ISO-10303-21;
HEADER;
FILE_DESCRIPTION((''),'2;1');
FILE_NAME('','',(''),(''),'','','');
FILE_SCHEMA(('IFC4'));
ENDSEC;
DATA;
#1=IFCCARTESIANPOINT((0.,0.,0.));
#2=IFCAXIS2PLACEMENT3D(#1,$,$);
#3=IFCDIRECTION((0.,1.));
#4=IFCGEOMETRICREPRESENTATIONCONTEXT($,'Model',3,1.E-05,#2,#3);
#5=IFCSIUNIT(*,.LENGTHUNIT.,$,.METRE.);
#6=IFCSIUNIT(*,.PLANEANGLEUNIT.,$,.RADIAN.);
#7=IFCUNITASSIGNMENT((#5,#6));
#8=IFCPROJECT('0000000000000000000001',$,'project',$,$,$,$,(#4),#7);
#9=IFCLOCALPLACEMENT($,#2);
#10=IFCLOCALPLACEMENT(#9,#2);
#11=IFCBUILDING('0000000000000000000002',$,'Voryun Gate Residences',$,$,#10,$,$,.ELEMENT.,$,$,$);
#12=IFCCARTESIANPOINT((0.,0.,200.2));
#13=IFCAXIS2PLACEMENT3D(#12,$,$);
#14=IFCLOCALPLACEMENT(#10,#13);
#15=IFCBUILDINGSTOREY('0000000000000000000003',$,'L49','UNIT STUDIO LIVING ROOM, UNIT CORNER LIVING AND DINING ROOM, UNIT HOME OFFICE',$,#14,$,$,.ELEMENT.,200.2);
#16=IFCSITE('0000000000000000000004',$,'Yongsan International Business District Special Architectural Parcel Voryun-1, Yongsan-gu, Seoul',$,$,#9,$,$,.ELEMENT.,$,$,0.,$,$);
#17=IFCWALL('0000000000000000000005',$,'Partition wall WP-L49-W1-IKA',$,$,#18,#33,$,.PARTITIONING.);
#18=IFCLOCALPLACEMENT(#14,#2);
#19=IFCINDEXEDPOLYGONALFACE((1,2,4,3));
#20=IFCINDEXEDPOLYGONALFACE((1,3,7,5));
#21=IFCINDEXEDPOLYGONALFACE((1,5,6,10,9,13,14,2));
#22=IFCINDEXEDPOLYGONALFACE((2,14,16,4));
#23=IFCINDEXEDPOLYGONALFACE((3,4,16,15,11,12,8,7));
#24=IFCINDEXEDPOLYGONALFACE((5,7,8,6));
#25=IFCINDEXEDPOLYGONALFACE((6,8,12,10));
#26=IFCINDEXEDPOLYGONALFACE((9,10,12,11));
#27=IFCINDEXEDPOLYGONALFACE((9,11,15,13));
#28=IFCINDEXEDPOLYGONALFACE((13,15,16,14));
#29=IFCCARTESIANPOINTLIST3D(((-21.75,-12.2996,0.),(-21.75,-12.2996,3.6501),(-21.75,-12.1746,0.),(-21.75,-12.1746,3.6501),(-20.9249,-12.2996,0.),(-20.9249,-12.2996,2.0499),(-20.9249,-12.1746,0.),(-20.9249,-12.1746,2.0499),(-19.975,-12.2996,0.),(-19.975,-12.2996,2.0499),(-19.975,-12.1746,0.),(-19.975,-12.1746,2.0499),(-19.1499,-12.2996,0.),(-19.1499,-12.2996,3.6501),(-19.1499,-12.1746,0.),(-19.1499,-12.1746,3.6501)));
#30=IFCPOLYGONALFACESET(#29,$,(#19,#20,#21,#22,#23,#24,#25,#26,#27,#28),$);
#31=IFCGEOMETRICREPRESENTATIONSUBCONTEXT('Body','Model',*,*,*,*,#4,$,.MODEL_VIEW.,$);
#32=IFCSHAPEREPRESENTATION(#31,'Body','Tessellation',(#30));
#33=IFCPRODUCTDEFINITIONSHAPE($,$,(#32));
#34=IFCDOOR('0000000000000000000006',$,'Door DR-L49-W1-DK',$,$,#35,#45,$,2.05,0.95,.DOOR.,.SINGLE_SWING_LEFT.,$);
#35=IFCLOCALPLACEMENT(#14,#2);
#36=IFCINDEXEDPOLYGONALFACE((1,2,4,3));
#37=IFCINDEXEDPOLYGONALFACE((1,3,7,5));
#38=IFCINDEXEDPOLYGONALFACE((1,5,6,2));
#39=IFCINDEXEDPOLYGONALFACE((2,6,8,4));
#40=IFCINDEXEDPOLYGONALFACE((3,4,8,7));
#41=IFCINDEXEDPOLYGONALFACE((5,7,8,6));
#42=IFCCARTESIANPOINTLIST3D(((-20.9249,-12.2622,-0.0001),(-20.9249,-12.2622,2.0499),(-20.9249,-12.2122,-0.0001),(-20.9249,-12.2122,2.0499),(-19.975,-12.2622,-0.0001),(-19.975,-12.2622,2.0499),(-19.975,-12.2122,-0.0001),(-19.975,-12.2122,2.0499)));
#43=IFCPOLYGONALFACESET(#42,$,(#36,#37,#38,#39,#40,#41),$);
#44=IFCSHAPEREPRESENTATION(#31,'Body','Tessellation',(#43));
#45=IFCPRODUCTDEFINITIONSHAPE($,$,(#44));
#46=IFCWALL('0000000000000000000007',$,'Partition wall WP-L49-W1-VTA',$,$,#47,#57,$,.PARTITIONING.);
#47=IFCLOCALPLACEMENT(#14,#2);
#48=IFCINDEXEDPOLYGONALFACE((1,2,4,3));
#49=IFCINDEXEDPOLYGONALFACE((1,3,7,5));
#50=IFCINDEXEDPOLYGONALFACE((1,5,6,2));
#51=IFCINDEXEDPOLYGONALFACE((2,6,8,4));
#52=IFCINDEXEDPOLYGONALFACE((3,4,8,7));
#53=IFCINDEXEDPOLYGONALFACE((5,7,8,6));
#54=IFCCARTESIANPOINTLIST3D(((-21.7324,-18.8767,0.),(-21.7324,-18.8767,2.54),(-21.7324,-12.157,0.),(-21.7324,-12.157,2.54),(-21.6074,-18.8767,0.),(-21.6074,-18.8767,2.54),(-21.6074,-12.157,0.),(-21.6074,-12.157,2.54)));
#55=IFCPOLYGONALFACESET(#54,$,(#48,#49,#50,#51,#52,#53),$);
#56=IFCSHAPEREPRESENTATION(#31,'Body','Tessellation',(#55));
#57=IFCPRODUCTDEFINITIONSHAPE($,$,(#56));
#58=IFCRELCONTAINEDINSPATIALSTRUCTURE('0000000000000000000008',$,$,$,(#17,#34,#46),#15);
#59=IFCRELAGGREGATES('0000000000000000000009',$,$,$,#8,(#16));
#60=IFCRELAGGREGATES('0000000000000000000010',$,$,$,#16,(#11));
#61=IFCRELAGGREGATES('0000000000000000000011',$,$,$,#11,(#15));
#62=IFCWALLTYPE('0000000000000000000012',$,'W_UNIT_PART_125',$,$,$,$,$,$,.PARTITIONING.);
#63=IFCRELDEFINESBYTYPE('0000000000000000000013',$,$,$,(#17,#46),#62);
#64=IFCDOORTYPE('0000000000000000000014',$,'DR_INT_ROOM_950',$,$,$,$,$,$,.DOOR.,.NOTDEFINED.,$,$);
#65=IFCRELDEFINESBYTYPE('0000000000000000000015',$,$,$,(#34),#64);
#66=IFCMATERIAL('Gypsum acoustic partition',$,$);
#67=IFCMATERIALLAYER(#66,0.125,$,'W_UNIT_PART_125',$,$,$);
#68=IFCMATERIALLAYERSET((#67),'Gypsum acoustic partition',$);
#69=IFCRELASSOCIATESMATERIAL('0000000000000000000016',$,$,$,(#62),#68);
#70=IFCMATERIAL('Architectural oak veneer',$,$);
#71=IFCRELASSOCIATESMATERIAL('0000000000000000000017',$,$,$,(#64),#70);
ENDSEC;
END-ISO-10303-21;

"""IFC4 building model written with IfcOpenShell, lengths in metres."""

from ifc_helpers import new_model, si_unit, direction, frame, frame_2d, origin, place, context, subcontext, project, spatial, rectangle, extrude, material, layer, layer_set, type_object, element, fill, save


model = new_model("IFC4")

# Units and contexts
model_context = context("Model", 3, precision=1e-05, world=origin(), true_north=direction((0.0, 1.0)))
body_context = subcontext(model_context, "Body", "Model", "MODEL_VIEW")
ifc_project = project(units=[si_unit("LENGTHUNIT", "METRE"), si_unit("PLANEANGLEUNIT", "RADIAN")], contexts=[model_context])

# Site, building, storey
site_placement = place(None, origin())
site = spatial("IfcSite", under=ifc_project, at=site_placement, Name="Yongsan International Business District Special Architectural Parcel Voryun-1, Yongsan-gu, Seoul", CompositionType="ELEMENT", RefElevation=0.0)
building_placement = place(site_placement, origin())
building = spatial("IfcBuilding", under=site, at=building_placement, Name="Voryun Gate Residences", CompositionType="ELEMENT")
storey_placement = place(building_placement, frame((0.0, 0.0, 200.2)))
storey = spatial("IfcBuildingStorey", under=building, at=storey_placement, Name="L49", Description="UNIT STUDIO LIVING ROOM, UNIT CORNER LIVING AND DINING ROOM, UNIT HOME OFFICE", CompositionType="ELEMENT", Elevation=200.2)

# Shared definitions
ifc_material_1 = material(Name="Gypsum acoustic partition")
ifc_layer_1 = layer(ifc_material_1, 0.125, Name="W_UNIT_PART_125")
ifc_layer_set_1 = layer_set([ifc_layer_1], Name="Gypsum acoustic partition")
wall_type_1 = type_object("IfcWallType", Name="W_UNIT_PART_125", PredefinedType="PARTITIONING", material=ifc_layer_set_1)

# Wall, opening, door
wall_1_placement = place(storey_placement, frame((-21.75, -12.2371, 0.0), z_axis=(0.0, 0.0, 1.0), x_axis=(1.0, 0.0, 0.0)))
wall_1 = element("IfcWall", 1, at=wall_1_placement, inside=storey, type_object=wall_type_1, Name="Partition wall WP-L49-W1-IKA", PredefinedType="PARTITIONING", context=body_context, shape_type="SweptSolid", body=[
    extrude(rectangle(XDim=2.6001, YDim=0.125, at=frame_2d((1.3, 0.0))), origin(), (0.0, 0.0, 1.0), 3.6501),
])
opening_1_placement = place(wall_1_placement, frame((0.825, 0.0, 0.0)))
opening_1 = element("IfcOpeningElement", 2, at=opening_1_placement, cuts=wall_1, PredefinedType="OPENING", context=body_context, shape_type="SweptSolid", body=[
    extrude(rectangle(XDim=0.95, YDim=2.05, at=frame_2d((0.4751, 1.0249))), frame((0.0, 0.0725, 0.0), z_axis=(0.0, -1.0, 0.0), x_axis=(1.0, 0.0, 0.0)), (0.0, 0.0, 1.0), 0.145),
])
ifc_material_2 = material(Name="Architectural oak veneer")
door_type_1 = type_object("IfcDoorType", Name="DR_INT_ROOM_950", OperationType="NOTDEFINED", PredefinedType="DOOR", material=ifc_material_2)
door_1_placement = place(opening_1_placement, origin())
door_1 = element("IfcDoor", 3, at=door_1_placement, inside=storey, type_object=door_type_1, Name="Door DR-L49-W1-DK", OperationType="SINGLE_SWING_LEFT", OverallHeight=2.05, OverallWidth=0.95, PredefinedType="DOOR", context=body_context, shape_type="SweptSolid", body=[
    extrude(rectangle(XDim=0.95, YDim=2.05, at=frame_2d((0.4751, 1.0249))), frame((0.0, 0.0249, 0.0), z_axis=(0.0, -1.0, 0.0), x_axis=(1.0, 0.0, 0.0)), (0.0, 0.0, 1.0), 0.05),
])
fill(opening_1, door_1)

# Wall
wall_2_placement = place(storey_placement, frame((-21.6699, -18.8767, 0.0), z_axis=(0.0, 0.0, 1.0), x_axis=(0.0, 1.0, 0.0)))
element("IfcWall", 4, at=wall_2_placement, inside=storey, type_object=wall_type_1, Name="Partition wall WP-L49-W1-VTA", PredefinedType="PARTITIONING", context=body_context, shape_type="SweptSolid", body=[
    extrude(rectangle(XDim=6.7197, YDim=0.125, at=frame_2d((3.3599, 0.0))), origin(), (0.0, 0.0, 1.0), 2.54),
])

save(model, "model.ifc")
